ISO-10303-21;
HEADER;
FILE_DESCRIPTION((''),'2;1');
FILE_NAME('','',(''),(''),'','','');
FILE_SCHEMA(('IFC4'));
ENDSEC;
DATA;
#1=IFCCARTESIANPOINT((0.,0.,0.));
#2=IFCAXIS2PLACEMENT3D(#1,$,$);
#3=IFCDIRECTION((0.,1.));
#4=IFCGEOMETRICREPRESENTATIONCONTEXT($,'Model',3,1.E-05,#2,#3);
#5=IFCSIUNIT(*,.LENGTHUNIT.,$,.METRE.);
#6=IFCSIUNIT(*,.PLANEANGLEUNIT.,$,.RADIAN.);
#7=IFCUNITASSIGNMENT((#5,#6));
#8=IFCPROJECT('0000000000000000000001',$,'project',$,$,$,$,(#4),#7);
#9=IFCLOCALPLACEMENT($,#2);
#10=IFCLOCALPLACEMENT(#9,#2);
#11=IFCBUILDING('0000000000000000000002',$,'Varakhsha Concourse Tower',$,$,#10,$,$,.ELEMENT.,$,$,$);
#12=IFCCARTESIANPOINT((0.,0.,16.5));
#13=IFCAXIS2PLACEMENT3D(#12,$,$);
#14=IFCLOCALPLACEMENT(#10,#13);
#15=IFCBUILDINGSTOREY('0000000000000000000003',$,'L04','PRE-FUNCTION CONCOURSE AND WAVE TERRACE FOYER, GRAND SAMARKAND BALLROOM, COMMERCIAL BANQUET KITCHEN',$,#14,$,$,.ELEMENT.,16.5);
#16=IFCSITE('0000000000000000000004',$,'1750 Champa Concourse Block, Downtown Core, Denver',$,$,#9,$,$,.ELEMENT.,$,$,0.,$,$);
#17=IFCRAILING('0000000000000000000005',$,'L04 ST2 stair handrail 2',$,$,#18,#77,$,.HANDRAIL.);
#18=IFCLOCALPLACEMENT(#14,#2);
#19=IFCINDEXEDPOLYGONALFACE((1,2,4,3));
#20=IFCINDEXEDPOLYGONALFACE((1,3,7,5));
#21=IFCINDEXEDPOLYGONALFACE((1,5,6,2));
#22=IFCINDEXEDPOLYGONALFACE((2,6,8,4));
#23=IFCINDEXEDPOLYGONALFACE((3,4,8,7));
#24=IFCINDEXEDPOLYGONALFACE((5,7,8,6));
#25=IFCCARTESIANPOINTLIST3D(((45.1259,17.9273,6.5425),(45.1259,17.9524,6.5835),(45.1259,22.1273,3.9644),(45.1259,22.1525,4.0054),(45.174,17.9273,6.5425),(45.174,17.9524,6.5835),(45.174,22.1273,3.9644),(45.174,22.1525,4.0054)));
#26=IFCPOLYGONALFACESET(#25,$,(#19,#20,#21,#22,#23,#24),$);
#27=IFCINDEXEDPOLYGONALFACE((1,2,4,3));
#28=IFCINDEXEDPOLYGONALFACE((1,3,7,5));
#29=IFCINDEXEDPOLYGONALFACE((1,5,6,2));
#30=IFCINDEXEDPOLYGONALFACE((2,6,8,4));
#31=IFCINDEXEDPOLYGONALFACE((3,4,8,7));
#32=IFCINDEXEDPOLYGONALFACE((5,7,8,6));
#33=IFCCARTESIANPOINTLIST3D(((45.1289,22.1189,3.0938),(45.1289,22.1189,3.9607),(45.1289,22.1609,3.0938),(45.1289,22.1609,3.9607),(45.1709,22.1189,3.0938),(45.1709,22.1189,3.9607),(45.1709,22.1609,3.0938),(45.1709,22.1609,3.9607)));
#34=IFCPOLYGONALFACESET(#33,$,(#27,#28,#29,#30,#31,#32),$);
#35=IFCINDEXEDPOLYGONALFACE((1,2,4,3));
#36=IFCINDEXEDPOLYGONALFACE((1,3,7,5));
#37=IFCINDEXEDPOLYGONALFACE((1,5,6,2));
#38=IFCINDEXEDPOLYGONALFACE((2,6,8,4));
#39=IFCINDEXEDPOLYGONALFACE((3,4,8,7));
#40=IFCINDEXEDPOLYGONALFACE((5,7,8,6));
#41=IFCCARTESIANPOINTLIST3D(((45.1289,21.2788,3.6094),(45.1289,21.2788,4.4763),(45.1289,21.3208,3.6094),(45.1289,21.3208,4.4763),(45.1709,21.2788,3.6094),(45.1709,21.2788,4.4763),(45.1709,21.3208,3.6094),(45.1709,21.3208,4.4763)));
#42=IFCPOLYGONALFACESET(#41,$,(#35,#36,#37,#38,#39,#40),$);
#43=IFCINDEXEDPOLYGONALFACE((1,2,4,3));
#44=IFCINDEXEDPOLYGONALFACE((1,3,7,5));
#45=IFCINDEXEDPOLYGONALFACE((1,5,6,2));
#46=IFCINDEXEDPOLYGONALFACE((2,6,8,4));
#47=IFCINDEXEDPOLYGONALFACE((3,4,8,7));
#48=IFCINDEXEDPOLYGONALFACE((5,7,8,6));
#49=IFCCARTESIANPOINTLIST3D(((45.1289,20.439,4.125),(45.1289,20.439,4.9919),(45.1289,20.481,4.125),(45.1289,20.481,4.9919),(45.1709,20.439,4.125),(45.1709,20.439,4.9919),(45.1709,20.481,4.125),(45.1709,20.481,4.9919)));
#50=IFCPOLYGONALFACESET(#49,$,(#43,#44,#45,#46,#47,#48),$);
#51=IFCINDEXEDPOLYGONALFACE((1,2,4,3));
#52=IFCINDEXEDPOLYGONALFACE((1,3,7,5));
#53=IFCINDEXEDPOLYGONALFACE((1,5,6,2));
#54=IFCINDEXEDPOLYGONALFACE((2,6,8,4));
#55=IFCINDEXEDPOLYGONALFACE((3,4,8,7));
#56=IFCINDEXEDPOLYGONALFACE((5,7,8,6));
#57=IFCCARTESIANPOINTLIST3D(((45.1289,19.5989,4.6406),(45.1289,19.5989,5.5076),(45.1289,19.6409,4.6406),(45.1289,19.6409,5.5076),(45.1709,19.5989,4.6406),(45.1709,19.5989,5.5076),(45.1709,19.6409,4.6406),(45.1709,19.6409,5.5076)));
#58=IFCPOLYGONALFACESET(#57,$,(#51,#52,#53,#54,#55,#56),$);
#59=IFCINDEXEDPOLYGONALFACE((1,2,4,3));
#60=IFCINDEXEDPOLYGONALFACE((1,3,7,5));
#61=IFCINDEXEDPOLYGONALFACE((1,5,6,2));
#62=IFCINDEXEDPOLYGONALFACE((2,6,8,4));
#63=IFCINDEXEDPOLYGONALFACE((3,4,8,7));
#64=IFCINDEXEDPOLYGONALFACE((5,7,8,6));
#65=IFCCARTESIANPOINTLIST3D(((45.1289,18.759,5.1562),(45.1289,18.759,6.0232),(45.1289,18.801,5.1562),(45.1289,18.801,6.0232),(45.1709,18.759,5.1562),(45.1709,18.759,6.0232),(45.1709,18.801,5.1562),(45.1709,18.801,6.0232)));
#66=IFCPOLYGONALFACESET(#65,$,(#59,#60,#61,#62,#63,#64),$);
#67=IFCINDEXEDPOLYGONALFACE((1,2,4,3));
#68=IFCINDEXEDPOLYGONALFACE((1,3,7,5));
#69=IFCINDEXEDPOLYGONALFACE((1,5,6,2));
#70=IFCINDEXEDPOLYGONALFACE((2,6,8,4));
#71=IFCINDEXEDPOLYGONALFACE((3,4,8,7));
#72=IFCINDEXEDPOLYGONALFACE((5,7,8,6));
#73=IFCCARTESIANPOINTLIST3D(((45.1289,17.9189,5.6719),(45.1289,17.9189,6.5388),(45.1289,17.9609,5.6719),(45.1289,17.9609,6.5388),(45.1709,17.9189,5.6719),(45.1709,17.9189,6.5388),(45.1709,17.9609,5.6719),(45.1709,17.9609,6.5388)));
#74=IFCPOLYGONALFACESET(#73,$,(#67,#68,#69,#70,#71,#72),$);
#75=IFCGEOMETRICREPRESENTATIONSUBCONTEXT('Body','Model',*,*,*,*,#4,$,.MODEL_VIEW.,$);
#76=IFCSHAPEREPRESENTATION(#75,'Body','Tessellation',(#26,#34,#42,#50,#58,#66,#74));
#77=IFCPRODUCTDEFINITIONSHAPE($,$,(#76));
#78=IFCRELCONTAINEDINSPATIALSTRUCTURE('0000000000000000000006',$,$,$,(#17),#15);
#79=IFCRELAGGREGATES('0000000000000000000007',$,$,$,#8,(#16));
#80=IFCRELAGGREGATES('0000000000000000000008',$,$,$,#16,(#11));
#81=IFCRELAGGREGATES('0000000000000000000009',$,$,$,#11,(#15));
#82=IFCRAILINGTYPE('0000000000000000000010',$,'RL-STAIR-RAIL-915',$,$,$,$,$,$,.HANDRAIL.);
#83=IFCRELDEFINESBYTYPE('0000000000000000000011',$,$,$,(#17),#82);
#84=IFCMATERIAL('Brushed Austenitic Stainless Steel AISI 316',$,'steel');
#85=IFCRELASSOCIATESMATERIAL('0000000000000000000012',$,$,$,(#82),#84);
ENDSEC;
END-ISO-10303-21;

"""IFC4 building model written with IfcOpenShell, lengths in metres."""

from ifc_helpers import new_model, si_unit, direction, frame, origin, origin_2d, place, context, subcontext, project, spatial, rectangle, extrude, material, type_object, element, save


model = new_model("IFC4")

# Units and contexts
model_context = context("Model", 3, precision=1e-05, world=origin(), true_north=direction((0.0, 1.0)))
body_context = subcontext(model_context, "Body", "Model", "MODEL_VIEW")
ifc_project = project(units=[si_unit("LENGTHUNIT", "METRE"), si_unit("PLANEANGLEUNIT", "RADIAN")], contexts=[model_context])

# Site, building, storey
site_placement = place(None, origin())
site = spatial("IfcSite", under=ifc_project, at=site_placement, Name="1750 Champa Concourse Block, Downtown Core, Denver", CompositionType="ELEMENT", RefElevation=0.0)
building_placement = place(site_placement, origin())
building = spatial("IfcBuilding", under=site, at=building_placement, Name="Varakhsha Concourse Tower", CompositionType="ELEMENT")
storey_placement = place(building_placement, frame((0.0, 0.0, 16.5)))
storey = spatial("IfcBuildingStorey", under=building, at=storey_placement, Name="L04", Description="PRE-FUNCTION CONCOURSE AND WAVE TERRACE FOYER, GRAND SAMARKAND BALLROOM, COMMERCIAL BANQUET KITCHEN", CompositionType="ELEMENT", Elevation=16.5)

# Railing
ifc_material_1 = material(Name="Brushed Austenitic Stainless Steel AISI 316", Category="steel")
railing_type_1 = type_object("IfcRailingType", Name="RL-STAIR-RAIL-915", PredefinedType="HANDRAIL", material=ifc_material_1)
railing_1_placement = place(storey_placement, frame((45.1499, 22.1399, 3.0938)))
element("IfcRailing", 1, at=railing_1_placement, inside=storey, type_object=railing_type_1, Name="L04 ST2 stair handrail 2", PredefinedType="HANDRAIL", context=body_context, shape_type="SweptSolid", body=[
    extrude(rectangle(XDim=0.0481, YDim=0.0481, at=origin_2d()), frame((0.0, 0.0, 0.8911), z_axis=(0.0, -0.852243, 0.523146), x_axis=(1.0, 0.0, 0.0)), (0.0, 0.0, 1.0), 4.9282),
    extrude(rectangle(XDim=0.042, YDim=0.042, at=origin_2d()), origin(), (0.0, 0.0, 1.0), 0.8669),
    extrude(rectangle(XDim=0.042, YDim=0.042, at=origin_2d()), frame((0.0, -0.8401, 0.5156)), (0.0, 0.0, 1.0), 0.8669),
    extrude(rectangle(XDim=0.042, YDim=0.042, at=origin_2d()), frame((0.0, -1.6799, 1.0312)), (0.0, 0.0, 1.0), 0.8669),
    extrude(rectangle(XDim=0.042, YDim=0.042, at=origin_2d()), frame((0.0, -2.52, 1.5469)), (0.0, 0.0, 1.0), 0.8669),
    extrude(rectangle(XDim=0.042, YDim=0.042, at=origin_2d()), frame((0.0, -3.3599, 2.0625)), (0.0, 0.0, 1.0), 0.8669),
    extrude(rectangle(XDim=0.042, YDim=0.042, at=origin_2d()), frame((0.0, -4.2, 2.5781)), (0.0, 0.0, 1.0), 0.8669),
])

save(model, "model.ifc")
